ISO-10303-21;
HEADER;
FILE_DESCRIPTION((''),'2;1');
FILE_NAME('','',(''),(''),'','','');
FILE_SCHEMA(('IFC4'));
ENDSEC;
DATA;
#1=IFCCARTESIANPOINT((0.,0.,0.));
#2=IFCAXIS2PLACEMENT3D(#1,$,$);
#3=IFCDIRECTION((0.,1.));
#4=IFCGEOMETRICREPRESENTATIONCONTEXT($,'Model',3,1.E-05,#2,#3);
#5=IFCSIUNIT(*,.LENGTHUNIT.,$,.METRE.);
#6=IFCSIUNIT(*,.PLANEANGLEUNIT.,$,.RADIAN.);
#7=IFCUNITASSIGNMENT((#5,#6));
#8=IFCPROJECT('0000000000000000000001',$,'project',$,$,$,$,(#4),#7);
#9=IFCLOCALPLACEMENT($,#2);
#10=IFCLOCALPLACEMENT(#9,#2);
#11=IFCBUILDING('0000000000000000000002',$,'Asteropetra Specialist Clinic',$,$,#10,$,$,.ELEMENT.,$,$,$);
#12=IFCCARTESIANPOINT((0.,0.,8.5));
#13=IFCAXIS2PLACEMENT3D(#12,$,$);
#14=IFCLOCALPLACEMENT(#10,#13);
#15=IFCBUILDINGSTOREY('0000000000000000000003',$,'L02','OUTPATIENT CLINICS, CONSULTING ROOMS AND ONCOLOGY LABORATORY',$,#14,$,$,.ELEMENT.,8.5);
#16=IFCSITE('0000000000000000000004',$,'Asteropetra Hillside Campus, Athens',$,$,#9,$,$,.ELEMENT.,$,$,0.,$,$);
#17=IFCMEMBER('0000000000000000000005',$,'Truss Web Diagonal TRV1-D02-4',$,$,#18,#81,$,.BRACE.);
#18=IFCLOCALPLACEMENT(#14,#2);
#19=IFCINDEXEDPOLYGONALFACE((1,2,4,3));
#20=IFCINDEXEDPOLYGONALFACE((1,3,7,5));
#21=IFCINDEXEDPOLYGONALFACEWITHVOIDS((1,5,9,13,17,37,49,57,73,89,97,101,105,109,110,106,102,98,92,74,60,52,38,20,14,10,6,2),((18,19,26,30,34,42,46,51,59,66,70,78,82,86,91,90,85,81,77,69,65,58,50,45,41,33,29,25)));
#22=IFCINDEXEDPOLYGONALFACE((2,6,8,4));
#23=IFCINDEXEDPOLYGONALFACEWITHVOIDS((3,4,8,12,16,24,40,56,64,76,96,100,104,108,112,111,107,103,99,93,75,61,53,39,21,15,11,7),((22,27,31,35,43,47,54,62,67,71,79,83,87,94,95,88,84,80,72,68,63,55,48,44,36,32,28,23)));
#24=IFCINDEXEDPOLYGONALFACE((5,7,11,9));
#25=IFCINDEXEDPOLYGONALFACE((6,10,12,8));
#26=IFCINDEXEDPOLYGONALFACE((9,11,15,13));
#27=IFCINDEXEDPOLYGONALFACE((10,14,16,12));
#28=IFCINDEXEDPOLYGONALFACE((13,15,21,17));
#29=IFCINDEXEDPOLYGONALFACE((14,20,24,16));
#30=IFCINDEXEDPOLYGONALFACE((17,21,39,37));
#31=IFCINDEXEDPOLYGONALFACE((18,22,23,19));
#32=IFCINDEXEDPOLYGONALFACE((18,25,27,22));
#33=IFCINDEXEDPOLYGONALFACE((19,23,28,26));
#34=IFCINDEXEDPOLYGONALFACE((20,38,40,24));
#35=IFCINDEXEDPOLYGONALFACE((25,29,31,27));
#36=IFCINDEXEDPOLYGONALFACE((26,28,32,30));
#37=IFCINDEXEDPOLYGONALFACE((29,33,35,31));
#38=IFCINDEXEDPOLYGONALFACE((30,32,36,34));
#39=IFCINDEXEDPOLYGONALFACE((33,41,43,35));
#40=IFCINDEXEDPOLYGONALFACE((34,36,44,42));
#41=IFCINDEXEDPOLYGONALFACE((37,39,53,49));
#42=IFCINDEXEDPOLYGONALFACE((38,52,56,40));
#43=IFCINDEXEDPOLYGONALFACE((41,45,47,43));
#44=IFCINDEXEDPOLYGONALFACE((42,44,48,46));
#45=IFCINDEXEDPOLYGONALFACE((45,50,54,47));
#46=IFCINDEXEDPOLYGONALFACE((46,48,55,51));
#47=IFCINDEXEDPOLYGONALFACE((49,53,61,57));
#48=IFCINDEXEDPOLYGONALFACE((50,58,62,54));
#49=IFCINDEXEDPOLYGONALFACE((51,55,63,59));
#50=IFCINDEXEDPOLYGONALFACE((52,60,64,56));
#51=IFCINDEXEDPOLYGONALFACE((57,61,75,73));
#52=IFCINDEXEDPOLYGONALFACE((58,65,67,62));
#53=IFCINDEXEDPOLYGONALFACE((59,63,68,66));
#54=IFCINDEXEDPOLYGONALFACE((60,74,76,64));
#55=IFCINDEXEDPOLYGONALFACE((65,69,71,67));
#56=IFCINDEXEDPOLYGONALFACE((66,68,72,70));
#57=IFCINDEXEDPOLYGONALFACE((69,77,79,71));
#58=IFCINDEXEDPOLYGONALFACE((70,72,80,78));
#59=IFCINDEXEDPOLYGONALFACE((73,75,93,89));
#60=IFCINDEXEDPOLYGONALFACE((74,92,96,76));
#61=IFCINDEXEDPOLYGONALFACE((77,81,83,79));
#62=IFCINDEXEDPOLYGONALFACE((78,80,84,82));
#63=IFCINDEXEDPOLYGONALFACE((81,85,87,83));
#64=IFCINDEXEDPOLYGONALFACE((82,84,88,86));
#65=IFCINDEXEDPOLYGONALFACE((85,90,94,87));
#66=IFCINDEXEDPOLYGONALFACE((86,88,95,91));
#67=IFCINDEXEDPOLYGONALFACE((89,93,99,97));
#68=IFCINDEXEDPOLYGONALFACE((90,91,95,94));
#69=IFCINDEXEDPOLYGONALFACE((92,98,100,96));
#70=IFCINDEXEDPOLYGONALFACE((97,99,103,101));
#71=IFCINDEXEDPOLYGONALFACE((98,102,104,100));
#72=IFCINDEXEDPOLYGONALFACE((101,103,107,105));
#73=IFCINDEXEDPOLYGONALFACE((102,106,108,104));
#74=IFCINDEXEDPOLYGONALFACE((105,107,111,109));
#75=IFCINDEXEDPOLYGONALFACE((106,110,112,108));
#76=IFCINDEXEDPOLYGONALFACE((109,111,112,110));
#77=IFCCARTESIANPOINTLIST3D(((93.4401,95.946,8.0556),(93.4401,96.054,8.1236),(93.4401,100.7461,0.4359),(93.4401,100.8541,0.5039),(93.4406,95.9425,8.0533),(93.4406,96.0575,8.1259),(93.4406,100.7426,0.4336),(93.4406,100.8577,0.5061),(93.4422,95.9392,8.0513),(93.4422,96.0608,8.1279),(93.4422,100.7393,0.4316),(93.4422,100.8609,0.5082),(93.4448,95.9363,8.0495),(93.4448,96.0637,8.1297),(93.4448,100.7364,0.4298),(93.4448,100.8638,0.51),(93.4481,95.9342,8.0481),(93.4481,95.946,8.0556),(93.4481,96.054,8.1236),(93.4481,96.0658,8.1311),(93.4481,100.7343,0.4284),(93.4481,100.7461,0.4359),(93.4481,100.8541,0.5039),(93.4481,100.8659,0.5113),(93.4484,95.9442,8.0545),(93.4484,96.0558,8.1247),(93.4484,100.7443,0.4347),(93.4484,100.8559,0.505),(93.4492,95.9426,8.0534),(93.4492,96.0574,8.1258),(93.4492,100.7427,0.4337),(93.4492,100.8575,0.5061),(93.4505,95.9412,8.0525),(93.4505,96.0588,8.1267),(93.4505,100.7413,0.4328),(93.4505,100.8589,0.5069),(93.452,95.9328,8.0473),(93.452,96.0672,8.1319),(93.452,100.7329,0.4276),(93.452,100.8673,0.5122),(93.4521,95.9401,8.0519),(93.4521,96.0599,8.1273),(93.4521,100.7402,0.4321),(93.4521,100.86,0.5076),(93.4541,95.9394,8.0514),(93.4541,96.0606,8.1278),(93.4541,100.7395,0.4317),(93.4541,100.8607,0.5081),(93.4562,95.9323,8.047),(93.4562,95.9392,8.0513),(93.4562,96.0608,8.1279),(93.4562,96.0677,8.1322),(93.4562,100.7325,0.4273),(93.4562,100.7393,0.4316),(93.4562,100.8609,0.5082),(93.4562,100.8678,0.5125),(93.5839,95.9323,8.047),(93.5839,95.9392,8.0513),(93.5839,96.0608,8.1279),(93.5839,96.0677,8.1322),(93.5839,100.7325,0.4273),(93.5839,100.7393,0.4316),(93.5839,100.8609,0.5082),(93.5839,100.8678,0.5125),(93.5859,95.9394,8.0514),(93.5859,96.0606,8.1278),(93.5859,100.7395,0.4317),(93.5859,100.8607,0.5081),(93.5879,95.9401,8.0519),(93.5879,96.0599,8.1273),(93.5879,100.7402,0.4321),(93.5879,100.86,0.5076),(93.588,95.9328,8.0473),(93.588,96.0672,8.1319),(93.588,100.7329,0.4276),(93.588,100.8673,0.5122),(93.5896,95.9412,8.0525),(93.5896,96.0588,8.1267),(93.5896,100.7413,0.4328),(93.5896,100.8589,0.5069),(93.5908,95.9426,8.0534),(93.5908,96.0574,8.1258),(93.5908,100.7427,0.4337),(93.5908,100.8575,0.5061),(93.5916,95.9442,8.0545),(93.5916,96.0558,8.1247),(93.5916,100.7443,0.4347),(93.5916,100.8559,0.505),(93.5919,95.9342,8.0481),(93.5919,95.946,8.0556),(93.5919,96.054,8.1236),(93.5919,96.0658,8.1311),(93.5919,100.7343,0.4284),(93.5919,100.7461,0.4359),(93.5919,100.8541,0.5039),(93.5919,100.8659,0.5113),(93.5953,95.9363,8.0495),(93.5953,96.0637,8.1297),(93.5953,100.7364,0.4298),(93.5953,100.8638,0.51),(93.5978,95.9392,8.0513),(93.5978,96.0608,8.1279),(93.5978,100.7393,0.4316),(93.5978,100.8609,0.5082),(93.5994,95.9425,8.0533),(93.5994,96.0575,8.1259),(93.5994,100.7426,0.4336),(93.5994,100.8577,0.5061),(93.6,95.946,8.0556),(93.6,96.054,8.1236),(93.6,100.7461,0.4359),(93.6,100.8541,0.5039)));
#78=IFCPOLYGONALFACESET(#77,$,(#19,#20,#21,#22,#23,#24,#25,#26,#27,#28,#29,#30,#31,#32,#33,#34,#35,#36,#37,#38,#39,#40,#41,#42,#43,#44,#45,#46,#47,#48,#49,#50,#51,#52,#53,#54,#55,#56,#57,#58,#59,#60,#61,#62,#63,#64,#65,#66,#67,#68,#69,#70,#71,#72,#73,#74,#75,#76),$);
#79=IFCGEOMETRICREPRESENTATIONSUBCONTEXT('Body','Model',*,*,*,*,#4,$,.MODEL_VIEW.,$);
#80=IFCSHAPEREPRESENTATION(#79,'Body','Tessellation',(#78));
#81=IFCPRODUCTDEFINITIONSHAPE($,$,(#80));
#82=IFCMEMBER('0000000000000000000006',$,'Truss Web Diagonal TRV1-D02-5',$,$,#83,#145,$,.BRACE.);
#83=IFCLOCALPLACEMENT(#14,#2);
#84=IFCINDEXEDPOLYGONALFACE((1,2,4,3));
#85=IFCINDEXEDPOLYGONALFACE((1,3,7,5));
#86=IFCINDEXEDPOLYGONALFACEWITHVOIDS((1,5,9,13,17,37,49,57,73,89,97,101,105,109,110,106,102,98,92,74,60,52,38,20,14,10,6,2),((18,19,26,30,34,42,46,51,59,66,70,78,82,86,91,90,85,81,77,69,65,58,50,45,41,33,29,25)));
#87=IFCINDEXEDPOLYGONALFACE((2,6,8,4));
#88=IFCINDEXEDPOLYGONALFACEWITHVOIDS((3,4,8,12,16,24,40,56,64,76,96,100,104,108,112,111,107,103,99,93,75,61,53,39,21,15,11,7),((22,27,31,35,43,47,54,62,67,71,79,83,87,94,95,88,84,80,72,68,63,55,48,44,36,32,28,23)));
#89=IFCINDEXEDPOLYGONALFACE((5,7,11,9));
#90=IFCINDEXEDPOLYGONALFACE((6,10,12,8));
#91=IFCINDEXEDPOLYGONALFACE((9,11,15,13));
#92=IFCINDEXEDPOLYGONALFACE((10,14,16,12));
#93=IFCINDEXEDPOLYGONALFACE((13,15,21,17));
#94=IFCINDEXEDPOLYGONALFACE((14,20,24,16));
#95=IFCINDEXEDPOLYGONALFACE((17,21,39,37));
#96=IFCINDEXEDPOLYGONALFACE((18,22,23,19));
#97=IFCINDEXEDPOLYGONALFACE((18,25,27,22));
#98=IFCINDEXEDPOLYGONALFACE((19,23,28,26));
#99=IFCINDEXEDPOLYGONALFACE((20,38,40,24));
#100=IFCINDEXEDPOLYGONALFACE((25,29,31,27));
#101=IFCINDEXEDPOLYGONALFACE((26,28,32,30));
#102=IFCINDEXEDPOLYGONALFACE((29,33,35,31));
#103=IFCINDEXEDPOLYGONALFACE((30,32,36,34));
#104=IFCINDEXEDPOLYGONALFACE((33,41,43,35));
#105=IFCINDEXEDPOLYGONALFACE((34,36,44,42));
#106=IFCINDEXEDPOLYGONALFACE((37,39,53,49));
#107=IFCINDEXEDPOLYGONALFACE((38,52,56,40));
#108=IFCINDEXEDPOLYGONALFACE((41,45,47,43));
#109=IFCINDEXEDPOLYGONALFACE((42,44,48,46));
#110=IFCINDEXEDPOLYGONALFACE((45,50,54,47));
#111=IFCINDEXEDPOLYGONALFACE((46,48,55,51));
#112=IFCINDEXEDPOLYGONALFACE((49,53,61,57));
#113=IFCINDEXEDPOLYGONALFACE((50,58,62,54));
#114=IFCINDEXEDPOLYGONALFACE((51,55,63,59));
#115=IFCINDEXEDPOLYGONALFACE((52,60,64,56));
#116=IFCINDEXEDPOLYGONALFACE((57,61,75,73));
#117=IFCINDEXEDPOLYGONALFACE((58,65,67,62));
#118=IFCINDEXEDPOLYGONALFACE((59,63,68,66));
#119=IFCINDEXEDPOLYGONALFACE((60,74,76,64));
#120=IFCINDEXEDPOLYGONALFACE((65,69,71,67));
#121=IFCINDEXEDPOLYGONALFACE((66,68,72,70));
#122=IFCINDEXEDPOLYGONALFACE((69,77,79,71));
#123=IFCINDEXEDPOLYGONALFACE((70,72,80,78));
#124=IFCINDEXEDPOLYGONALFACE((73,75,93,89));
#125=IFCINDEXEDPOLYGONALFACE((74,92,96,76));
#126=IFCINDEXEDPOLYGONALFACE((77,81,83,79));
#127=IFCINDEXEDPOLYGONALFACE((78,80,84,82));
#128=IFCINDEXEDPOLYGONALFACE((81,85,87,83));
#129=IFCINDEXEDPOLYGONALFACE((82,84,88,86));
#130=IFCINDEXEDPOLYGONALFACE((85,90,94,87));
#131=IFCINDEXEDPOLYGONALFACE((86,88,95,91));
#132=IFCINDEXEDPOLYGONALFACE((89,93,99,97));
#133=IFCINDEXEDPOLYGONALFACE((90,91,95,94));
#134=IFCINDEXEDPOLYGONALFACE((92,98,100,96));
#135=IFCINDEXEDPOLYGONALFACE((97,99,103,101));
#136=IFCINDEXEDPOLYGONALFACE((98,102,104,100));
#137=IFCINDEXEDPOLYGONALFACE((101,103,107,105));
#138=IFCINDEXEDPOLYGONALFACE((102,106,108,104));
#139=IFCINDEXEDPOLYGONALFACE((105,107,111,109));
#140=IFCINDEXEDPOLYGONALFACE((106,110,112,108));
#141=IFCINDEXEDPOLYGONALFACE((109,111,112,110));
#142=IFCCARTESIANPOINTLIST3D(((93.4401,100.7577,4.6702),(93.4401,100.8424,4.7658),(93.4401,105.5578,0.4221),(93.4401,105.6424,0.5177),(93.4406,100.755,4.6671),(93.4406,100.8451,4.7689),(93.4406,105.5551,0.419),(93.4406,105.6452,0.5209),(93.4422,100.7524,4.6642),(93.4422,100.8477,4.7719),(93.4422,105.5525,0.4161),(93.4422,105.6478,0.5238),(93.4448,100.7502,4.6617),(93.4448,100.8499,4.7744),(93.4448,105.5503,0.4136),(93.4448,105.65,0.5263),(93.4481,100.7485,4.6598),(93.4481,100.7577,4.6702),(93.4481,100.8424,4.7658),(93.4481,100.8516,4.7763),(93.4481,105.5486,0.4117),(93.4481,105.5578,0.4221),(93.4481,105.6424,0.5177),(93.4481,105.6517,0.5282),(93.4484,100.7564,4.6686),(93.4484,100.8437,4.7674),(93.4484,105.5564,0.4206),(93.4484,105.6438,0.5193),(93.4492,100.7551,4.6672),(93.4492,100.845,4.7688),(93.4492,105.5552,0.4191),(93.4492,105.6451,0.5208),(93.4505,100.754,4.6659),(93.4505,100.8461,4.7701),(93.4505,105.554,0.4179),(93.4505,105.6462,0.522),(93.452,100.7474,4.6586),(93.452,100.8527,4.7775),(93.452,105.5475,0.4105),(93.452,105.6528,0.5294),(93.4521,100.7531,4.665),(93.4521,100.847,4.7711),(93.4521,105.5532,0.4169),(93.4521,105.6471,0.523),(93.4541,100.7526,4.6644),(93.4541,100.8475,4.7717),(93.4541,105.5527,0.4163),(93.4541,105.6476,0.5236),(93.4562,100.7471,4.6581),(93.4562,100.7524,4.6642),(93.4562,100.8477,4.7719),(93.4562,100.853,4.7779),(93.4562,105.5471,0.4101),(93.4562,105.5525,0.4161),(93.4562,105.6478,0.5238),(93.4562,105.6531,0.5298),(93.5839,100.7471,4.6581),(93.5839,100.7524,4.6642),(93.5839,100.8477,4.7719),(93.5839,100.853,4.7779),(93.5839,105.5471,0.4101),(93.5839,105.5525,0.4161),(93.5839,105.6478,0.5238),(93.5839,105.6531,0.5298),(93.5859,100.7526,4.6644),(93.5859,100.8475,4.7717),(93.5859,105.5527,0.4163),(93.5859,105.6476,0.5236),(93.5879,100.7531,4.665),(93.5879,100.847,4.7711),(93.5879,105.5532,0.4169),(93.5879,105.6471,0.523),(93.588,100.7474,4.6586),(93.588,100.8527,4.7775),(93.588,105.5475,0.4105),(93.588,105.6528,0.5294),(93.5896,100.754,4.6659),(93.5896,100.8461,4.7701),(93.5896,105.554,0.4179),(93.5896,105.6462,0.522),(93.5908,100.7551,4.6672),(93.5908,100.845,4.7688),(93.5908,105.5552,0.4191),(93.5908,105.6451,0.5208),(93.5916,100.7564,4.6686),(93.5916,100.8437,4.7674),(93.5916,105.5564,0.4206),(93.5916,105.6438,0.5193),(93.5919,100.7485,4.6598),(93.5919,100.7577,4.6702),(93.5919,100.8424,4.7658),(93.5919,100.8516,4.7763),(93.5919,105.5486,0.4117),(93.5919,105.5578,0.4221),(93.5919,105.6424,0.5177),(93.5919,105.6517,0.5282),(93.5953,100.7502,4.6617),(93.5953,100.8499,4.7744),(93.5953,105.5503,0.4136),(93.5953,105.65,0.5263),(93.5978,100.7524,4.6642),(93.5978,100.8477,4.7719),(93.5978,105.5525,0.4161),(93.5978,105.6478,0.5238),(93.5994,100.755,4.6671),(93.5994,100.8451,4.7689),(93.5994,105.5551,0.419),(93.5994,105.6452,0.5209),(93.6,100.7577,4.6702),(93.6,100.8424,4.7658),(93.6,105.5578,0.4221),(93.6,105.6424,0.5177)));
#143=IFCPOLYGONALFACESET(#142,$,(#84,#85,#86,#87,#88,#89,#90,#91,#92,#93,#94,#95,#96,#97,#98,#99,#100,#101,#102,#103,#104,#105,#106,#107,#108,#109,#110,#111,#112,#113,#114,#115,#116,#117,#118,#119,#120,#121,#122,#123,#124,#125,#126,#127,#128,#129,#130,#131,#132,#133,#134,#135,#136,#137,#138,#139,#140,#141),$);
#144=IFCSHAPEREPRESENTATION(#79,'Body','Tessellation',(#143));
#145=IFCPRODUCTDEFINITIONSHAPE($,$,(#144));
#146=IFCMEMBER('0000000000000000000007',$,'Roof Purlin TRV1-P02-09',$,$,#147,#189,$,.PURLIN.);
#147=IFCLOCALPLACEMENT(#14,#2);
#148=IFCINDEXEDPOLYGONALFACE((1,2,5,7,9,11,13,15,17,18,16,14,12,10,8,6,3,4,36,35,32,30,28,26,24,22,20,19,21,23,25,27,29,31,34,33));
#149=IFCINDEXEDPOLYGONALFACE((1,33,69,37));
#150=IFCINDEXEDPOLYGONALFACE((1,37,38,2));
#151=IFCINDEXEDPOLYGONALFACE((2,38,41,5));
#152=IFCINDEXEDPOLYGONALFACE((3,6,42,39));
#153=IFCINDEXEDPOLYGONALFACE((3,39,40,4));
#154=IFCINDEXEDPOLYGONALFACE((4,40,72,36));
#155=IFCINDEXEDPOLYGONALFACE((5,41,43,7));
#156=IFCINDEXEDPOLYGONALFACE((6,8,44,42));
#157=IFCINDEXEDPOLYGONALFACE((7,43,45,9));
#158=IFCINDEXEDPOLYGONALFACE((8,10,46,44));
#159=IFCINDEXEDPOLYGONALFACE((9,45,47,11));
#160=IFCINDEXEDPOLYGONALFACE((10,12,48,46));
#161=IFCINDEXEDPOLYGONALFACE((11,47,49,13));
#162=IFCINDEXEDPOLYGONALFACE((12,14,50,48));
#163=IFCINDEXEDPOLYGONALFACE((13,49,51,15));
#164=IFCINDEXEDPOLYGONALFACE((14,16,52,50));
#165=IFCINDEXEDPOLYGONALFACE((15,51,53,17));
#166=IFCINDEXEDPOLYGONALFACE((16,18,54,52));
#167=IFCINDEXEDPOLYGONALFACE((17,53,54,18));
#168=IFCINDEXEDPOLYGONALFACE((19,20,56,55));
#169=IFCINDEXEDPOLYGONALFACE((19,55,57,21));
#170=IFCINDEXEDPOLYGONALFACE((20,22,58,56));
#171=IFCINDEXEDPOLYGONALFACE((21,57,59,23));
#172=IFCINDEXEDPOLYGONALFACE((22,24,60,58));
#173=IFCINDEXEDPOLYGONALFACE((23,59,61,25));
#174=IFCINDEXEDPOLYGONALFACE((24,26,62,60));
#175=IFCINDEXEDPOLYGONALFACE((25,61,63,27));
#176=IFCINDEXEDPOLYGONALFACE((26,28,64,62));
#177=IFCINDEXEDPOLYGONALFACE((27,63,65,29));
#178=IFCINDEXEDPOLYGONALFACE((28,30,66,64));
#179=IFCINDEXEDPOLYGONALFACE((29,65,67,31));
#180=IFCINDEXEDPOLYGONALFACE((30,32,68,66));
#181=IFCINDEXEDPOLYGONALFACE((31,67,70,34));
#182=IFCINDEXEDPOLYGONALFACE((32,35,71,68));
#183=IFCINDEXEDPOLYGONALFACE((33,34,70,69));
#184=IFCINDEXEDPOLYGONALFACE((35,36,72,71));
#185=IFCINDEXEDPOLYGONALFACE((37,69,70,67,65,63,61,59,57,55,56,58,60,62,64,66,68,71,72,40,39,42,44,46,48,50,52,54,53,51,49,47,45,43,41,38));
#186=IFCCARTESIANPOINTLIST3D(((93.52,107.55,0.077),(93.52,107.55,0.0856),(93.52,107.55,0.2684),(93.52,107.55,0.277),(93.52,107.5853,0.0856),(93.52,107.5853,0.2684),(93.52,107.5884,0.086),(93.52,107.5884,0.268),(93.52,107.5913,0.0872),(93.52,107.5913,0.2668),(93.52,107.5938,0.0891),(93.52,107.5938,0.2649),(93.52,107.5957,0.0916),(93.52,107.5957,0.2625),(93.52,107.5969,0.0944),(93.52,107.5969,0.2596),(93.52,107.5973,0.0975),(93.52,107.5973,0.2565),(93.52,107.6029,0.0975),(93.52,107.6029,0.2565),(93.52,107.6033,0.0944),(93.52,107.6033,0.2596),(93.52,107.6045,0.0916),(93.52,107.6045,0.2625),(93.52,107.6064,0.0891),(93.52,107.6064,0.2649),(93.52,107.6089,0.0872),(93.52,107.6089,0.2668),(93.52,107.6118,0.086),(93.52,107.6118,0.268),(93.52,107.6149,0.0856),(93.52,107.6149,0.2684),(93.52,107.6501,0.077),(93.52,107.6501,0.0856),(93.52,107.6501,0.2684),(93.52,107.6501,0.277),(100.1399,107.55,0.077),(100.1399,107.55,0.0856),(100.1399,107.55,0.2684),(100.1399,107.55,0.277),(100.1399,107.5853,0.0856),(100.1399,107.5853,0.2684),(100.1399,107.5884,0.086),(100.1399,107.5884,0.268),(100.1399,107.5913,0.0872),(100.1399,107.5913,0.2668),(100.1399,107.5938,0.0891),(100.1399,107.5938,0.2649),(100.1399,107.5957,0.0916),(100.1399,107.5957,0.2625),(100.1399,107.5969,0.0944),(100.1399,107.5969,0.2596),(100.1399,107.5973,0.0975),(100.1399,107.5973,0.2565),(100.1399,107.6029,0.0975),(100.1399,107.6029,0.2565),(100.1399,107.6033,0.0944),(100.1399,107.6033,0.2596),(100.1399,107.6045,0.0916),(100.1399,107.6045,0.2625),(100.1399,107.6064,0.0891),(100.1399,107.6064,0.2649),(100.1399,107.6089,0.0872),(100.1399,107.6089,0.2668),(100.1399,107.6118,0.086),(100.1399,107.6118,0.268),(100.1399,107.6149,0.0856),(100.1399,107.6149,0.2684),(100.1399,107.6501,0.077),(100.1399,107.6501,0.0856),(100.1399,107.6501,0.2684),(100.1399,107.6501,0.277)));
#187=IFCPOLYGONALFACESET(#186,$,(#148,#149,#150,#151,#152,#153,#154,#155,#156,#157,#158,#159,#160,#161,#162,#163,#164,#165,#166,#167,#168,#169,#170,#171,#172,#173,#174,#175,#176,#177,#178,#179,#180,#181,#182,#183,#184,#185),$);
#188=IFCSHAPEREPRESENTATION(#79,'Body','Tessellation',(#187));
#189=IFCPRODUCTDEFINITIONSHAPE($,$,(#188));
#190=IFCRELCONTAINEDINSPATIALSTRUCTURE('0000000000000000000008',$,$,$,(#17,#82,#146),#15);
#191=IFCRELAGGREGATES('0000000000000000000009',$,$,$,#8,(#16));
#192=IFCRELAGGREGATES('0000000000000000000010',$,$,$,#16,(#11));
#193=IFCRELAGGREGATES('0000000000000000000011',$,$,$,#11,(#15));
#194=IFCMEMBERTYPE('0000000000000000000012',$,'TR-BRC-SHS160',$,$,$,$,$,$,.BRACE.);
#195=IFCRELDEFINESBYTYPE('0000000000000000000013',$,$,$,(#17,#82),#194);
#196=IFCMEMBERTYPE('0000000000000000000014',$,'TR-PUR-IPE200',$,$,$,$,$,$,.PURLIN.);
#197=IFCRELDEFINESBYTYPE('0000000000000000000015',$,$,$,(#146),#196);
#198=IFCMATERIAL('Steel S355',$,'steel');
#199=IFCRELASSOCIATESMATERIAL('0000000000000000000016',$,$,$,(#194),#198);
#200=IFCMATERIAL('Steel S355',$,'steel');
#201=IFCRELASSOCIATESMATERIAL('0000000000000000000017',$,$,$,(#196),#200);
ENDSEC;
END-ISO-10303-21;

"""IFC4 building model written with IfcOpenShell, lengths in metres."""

from ifc_helpers import new_model, si_unit, direction, frame, origin, origin_2d, place, context, subcontext, project, spatial, hollow_rectangle, i_section, extrude, material, material_profile, profile_set, type_object, element, save


model = new_model("IFC4")

# Units and contexts
model_context = context("Model", 3, precision=1e-05, world=origin(), true_north=direction((0.0, 1.0)))
body_context = subcontext(model_context, "Body", "Model", "MODEL_VIEW")
ifc_project = project(units=[si_unit("LENGTHUNIT", "METRE"), si_unit("PLANEANGLEUNIT", "RADIAN")], contexts=[model_context])

# Site, building, storey
site_placement = place(None, origin())
site = spatial("IfcSite", under=ifc_project, at=site_placement, Name="Asteropetra Hillside Campus, Athens", CompositionType="ELEMENT", RefElevation=0.0)
building_placement = place(site_placement, origin())
building = spatial("IfcBuilding", under=site, at=building_placement, Name="Asteropetra Specialist Clinic", CompositionType="ELEMENT")
storey_placement = place(building_placement, frame((0.0, 0.0, 8.5)))
storey = spatial("IfcBuildingStorey", under=building, at=storey_placement, Name="L02", Description="OUTPATIENT CLINICS, CONSULTING ROOMS AND ONCOLOGY LABORATORY", CompositionType="ELEMENT", Elevation=8.5)

# Members
ifc_material_1 = material(Name="Steel S355", Category="steel")
ifc_material_profile_1 = material_profile(ifc_material_1, hollow_rectangle(XDim=0.1599, YDim=0.1599, WallThickness=0.0081, InnerFilletRadius=0.0081, OuterFilletRadius=0.0161, at=origin_2d()), Name="SHS 160x160x8.0")
ifc_profile_set_1 = profile_set([ifc_material_profile_1], Name="Steel S355")
member_type_1 = type_object("IfcMemberType", Name="TR-BRC-SHS160", PredefinedType="BRACE", material=ifc_profile_set_1)
member_1_placement = place(storey_placement, frame((93.52, 96.0, 8.0896), z_axis=(0.0, 0.533012, -0.846107), x_axis=(-1.0, 0.0, 0.0)))
element("IfcMember", 1, at=member_1_placement, inside=storey, type_object=member_type_1, Name="Truss Web Diagonal TRV1-D02-4", PredefinedType="BRACE", context=body_context, shape_type="SweptSolid", body=[
    extrude(hollow_rectangle(XDim=0.1599, YDim=0.1599, WallThickness=0.0081, InnerFilletRadius=0.0081, OuterFilletRadius=0.0161, at=origin_2d()), origin(), (0.0, 0.0, 1.0), 9.0056),
])
member_2_placement = place(storey_placement, frame((93.52, 100.8, 4.718), z_axis=(0.0, 0.748853, -0.662736), x_axis=(-1.0, 0.0, 0.0)))
element("IfcMember", 2, at=member_2_placement, inside=storey, type_object=member_type_1, Name="Truss Web Diagonal TRV1-D02-5", PredefinedType="BRACE", context=body_context, shape_type="SweptSolid", body=[
    extrude(hollow_rectangle(XDim=0.1599, YDim=0.1599, WallThickness=0.0081, InnerFilletRadius=0.0081, OuterFilletRadius=0.0161, at=origin_2d()), origin(), (0.0, 0.0, 1.0), 6.4099),
])
ifc_material_2 = material(Name="Steel S355", Category="steel")
ifc_material_profile_2 = material_profile(ifc_material_2, i_section(OverallWidth=0.1001, OverallDepth=0.2, WebThickness=0.0056, FlangeThickness=0.0085, FilletRadius=0.012, at=origin_2d()), Name="IPE 200")
ifc_profile_set_2 = profile_set([ifc_material_profile_2], Name="Steel S355")
member_type_2 = type_object("IfcMemberType", Name="TR-PUR-IPE200", PredefinedType="PURLIN", material=ifc_profile_set_2)
member_3_placement = place(storey_placement, frame((93.52, 107.6001, 0.177), z_axis=(1.0, 0.0, 0.0), x_axis=(0.0, 1.0, 0.0)))
element("IfcMember", 3, at=member_3_placement, inside=storey, type_object=member_type_2, Name="Roof Purlin TRV1-P02-09", PredefinedType="PURLIN", context=body_context, shape_type="SweptSolid", body=[
    extrude(i_section(OverallWidth=0.1001, OverallDepth=0.2, WebThickness=0.0056, FlangeThickness=0.0085, FilletRadius=0.012, at=origin_2d()), origin(), (0.0, 0.0, 1.0), 6.6199),
])

save(model, "model.ifc")
